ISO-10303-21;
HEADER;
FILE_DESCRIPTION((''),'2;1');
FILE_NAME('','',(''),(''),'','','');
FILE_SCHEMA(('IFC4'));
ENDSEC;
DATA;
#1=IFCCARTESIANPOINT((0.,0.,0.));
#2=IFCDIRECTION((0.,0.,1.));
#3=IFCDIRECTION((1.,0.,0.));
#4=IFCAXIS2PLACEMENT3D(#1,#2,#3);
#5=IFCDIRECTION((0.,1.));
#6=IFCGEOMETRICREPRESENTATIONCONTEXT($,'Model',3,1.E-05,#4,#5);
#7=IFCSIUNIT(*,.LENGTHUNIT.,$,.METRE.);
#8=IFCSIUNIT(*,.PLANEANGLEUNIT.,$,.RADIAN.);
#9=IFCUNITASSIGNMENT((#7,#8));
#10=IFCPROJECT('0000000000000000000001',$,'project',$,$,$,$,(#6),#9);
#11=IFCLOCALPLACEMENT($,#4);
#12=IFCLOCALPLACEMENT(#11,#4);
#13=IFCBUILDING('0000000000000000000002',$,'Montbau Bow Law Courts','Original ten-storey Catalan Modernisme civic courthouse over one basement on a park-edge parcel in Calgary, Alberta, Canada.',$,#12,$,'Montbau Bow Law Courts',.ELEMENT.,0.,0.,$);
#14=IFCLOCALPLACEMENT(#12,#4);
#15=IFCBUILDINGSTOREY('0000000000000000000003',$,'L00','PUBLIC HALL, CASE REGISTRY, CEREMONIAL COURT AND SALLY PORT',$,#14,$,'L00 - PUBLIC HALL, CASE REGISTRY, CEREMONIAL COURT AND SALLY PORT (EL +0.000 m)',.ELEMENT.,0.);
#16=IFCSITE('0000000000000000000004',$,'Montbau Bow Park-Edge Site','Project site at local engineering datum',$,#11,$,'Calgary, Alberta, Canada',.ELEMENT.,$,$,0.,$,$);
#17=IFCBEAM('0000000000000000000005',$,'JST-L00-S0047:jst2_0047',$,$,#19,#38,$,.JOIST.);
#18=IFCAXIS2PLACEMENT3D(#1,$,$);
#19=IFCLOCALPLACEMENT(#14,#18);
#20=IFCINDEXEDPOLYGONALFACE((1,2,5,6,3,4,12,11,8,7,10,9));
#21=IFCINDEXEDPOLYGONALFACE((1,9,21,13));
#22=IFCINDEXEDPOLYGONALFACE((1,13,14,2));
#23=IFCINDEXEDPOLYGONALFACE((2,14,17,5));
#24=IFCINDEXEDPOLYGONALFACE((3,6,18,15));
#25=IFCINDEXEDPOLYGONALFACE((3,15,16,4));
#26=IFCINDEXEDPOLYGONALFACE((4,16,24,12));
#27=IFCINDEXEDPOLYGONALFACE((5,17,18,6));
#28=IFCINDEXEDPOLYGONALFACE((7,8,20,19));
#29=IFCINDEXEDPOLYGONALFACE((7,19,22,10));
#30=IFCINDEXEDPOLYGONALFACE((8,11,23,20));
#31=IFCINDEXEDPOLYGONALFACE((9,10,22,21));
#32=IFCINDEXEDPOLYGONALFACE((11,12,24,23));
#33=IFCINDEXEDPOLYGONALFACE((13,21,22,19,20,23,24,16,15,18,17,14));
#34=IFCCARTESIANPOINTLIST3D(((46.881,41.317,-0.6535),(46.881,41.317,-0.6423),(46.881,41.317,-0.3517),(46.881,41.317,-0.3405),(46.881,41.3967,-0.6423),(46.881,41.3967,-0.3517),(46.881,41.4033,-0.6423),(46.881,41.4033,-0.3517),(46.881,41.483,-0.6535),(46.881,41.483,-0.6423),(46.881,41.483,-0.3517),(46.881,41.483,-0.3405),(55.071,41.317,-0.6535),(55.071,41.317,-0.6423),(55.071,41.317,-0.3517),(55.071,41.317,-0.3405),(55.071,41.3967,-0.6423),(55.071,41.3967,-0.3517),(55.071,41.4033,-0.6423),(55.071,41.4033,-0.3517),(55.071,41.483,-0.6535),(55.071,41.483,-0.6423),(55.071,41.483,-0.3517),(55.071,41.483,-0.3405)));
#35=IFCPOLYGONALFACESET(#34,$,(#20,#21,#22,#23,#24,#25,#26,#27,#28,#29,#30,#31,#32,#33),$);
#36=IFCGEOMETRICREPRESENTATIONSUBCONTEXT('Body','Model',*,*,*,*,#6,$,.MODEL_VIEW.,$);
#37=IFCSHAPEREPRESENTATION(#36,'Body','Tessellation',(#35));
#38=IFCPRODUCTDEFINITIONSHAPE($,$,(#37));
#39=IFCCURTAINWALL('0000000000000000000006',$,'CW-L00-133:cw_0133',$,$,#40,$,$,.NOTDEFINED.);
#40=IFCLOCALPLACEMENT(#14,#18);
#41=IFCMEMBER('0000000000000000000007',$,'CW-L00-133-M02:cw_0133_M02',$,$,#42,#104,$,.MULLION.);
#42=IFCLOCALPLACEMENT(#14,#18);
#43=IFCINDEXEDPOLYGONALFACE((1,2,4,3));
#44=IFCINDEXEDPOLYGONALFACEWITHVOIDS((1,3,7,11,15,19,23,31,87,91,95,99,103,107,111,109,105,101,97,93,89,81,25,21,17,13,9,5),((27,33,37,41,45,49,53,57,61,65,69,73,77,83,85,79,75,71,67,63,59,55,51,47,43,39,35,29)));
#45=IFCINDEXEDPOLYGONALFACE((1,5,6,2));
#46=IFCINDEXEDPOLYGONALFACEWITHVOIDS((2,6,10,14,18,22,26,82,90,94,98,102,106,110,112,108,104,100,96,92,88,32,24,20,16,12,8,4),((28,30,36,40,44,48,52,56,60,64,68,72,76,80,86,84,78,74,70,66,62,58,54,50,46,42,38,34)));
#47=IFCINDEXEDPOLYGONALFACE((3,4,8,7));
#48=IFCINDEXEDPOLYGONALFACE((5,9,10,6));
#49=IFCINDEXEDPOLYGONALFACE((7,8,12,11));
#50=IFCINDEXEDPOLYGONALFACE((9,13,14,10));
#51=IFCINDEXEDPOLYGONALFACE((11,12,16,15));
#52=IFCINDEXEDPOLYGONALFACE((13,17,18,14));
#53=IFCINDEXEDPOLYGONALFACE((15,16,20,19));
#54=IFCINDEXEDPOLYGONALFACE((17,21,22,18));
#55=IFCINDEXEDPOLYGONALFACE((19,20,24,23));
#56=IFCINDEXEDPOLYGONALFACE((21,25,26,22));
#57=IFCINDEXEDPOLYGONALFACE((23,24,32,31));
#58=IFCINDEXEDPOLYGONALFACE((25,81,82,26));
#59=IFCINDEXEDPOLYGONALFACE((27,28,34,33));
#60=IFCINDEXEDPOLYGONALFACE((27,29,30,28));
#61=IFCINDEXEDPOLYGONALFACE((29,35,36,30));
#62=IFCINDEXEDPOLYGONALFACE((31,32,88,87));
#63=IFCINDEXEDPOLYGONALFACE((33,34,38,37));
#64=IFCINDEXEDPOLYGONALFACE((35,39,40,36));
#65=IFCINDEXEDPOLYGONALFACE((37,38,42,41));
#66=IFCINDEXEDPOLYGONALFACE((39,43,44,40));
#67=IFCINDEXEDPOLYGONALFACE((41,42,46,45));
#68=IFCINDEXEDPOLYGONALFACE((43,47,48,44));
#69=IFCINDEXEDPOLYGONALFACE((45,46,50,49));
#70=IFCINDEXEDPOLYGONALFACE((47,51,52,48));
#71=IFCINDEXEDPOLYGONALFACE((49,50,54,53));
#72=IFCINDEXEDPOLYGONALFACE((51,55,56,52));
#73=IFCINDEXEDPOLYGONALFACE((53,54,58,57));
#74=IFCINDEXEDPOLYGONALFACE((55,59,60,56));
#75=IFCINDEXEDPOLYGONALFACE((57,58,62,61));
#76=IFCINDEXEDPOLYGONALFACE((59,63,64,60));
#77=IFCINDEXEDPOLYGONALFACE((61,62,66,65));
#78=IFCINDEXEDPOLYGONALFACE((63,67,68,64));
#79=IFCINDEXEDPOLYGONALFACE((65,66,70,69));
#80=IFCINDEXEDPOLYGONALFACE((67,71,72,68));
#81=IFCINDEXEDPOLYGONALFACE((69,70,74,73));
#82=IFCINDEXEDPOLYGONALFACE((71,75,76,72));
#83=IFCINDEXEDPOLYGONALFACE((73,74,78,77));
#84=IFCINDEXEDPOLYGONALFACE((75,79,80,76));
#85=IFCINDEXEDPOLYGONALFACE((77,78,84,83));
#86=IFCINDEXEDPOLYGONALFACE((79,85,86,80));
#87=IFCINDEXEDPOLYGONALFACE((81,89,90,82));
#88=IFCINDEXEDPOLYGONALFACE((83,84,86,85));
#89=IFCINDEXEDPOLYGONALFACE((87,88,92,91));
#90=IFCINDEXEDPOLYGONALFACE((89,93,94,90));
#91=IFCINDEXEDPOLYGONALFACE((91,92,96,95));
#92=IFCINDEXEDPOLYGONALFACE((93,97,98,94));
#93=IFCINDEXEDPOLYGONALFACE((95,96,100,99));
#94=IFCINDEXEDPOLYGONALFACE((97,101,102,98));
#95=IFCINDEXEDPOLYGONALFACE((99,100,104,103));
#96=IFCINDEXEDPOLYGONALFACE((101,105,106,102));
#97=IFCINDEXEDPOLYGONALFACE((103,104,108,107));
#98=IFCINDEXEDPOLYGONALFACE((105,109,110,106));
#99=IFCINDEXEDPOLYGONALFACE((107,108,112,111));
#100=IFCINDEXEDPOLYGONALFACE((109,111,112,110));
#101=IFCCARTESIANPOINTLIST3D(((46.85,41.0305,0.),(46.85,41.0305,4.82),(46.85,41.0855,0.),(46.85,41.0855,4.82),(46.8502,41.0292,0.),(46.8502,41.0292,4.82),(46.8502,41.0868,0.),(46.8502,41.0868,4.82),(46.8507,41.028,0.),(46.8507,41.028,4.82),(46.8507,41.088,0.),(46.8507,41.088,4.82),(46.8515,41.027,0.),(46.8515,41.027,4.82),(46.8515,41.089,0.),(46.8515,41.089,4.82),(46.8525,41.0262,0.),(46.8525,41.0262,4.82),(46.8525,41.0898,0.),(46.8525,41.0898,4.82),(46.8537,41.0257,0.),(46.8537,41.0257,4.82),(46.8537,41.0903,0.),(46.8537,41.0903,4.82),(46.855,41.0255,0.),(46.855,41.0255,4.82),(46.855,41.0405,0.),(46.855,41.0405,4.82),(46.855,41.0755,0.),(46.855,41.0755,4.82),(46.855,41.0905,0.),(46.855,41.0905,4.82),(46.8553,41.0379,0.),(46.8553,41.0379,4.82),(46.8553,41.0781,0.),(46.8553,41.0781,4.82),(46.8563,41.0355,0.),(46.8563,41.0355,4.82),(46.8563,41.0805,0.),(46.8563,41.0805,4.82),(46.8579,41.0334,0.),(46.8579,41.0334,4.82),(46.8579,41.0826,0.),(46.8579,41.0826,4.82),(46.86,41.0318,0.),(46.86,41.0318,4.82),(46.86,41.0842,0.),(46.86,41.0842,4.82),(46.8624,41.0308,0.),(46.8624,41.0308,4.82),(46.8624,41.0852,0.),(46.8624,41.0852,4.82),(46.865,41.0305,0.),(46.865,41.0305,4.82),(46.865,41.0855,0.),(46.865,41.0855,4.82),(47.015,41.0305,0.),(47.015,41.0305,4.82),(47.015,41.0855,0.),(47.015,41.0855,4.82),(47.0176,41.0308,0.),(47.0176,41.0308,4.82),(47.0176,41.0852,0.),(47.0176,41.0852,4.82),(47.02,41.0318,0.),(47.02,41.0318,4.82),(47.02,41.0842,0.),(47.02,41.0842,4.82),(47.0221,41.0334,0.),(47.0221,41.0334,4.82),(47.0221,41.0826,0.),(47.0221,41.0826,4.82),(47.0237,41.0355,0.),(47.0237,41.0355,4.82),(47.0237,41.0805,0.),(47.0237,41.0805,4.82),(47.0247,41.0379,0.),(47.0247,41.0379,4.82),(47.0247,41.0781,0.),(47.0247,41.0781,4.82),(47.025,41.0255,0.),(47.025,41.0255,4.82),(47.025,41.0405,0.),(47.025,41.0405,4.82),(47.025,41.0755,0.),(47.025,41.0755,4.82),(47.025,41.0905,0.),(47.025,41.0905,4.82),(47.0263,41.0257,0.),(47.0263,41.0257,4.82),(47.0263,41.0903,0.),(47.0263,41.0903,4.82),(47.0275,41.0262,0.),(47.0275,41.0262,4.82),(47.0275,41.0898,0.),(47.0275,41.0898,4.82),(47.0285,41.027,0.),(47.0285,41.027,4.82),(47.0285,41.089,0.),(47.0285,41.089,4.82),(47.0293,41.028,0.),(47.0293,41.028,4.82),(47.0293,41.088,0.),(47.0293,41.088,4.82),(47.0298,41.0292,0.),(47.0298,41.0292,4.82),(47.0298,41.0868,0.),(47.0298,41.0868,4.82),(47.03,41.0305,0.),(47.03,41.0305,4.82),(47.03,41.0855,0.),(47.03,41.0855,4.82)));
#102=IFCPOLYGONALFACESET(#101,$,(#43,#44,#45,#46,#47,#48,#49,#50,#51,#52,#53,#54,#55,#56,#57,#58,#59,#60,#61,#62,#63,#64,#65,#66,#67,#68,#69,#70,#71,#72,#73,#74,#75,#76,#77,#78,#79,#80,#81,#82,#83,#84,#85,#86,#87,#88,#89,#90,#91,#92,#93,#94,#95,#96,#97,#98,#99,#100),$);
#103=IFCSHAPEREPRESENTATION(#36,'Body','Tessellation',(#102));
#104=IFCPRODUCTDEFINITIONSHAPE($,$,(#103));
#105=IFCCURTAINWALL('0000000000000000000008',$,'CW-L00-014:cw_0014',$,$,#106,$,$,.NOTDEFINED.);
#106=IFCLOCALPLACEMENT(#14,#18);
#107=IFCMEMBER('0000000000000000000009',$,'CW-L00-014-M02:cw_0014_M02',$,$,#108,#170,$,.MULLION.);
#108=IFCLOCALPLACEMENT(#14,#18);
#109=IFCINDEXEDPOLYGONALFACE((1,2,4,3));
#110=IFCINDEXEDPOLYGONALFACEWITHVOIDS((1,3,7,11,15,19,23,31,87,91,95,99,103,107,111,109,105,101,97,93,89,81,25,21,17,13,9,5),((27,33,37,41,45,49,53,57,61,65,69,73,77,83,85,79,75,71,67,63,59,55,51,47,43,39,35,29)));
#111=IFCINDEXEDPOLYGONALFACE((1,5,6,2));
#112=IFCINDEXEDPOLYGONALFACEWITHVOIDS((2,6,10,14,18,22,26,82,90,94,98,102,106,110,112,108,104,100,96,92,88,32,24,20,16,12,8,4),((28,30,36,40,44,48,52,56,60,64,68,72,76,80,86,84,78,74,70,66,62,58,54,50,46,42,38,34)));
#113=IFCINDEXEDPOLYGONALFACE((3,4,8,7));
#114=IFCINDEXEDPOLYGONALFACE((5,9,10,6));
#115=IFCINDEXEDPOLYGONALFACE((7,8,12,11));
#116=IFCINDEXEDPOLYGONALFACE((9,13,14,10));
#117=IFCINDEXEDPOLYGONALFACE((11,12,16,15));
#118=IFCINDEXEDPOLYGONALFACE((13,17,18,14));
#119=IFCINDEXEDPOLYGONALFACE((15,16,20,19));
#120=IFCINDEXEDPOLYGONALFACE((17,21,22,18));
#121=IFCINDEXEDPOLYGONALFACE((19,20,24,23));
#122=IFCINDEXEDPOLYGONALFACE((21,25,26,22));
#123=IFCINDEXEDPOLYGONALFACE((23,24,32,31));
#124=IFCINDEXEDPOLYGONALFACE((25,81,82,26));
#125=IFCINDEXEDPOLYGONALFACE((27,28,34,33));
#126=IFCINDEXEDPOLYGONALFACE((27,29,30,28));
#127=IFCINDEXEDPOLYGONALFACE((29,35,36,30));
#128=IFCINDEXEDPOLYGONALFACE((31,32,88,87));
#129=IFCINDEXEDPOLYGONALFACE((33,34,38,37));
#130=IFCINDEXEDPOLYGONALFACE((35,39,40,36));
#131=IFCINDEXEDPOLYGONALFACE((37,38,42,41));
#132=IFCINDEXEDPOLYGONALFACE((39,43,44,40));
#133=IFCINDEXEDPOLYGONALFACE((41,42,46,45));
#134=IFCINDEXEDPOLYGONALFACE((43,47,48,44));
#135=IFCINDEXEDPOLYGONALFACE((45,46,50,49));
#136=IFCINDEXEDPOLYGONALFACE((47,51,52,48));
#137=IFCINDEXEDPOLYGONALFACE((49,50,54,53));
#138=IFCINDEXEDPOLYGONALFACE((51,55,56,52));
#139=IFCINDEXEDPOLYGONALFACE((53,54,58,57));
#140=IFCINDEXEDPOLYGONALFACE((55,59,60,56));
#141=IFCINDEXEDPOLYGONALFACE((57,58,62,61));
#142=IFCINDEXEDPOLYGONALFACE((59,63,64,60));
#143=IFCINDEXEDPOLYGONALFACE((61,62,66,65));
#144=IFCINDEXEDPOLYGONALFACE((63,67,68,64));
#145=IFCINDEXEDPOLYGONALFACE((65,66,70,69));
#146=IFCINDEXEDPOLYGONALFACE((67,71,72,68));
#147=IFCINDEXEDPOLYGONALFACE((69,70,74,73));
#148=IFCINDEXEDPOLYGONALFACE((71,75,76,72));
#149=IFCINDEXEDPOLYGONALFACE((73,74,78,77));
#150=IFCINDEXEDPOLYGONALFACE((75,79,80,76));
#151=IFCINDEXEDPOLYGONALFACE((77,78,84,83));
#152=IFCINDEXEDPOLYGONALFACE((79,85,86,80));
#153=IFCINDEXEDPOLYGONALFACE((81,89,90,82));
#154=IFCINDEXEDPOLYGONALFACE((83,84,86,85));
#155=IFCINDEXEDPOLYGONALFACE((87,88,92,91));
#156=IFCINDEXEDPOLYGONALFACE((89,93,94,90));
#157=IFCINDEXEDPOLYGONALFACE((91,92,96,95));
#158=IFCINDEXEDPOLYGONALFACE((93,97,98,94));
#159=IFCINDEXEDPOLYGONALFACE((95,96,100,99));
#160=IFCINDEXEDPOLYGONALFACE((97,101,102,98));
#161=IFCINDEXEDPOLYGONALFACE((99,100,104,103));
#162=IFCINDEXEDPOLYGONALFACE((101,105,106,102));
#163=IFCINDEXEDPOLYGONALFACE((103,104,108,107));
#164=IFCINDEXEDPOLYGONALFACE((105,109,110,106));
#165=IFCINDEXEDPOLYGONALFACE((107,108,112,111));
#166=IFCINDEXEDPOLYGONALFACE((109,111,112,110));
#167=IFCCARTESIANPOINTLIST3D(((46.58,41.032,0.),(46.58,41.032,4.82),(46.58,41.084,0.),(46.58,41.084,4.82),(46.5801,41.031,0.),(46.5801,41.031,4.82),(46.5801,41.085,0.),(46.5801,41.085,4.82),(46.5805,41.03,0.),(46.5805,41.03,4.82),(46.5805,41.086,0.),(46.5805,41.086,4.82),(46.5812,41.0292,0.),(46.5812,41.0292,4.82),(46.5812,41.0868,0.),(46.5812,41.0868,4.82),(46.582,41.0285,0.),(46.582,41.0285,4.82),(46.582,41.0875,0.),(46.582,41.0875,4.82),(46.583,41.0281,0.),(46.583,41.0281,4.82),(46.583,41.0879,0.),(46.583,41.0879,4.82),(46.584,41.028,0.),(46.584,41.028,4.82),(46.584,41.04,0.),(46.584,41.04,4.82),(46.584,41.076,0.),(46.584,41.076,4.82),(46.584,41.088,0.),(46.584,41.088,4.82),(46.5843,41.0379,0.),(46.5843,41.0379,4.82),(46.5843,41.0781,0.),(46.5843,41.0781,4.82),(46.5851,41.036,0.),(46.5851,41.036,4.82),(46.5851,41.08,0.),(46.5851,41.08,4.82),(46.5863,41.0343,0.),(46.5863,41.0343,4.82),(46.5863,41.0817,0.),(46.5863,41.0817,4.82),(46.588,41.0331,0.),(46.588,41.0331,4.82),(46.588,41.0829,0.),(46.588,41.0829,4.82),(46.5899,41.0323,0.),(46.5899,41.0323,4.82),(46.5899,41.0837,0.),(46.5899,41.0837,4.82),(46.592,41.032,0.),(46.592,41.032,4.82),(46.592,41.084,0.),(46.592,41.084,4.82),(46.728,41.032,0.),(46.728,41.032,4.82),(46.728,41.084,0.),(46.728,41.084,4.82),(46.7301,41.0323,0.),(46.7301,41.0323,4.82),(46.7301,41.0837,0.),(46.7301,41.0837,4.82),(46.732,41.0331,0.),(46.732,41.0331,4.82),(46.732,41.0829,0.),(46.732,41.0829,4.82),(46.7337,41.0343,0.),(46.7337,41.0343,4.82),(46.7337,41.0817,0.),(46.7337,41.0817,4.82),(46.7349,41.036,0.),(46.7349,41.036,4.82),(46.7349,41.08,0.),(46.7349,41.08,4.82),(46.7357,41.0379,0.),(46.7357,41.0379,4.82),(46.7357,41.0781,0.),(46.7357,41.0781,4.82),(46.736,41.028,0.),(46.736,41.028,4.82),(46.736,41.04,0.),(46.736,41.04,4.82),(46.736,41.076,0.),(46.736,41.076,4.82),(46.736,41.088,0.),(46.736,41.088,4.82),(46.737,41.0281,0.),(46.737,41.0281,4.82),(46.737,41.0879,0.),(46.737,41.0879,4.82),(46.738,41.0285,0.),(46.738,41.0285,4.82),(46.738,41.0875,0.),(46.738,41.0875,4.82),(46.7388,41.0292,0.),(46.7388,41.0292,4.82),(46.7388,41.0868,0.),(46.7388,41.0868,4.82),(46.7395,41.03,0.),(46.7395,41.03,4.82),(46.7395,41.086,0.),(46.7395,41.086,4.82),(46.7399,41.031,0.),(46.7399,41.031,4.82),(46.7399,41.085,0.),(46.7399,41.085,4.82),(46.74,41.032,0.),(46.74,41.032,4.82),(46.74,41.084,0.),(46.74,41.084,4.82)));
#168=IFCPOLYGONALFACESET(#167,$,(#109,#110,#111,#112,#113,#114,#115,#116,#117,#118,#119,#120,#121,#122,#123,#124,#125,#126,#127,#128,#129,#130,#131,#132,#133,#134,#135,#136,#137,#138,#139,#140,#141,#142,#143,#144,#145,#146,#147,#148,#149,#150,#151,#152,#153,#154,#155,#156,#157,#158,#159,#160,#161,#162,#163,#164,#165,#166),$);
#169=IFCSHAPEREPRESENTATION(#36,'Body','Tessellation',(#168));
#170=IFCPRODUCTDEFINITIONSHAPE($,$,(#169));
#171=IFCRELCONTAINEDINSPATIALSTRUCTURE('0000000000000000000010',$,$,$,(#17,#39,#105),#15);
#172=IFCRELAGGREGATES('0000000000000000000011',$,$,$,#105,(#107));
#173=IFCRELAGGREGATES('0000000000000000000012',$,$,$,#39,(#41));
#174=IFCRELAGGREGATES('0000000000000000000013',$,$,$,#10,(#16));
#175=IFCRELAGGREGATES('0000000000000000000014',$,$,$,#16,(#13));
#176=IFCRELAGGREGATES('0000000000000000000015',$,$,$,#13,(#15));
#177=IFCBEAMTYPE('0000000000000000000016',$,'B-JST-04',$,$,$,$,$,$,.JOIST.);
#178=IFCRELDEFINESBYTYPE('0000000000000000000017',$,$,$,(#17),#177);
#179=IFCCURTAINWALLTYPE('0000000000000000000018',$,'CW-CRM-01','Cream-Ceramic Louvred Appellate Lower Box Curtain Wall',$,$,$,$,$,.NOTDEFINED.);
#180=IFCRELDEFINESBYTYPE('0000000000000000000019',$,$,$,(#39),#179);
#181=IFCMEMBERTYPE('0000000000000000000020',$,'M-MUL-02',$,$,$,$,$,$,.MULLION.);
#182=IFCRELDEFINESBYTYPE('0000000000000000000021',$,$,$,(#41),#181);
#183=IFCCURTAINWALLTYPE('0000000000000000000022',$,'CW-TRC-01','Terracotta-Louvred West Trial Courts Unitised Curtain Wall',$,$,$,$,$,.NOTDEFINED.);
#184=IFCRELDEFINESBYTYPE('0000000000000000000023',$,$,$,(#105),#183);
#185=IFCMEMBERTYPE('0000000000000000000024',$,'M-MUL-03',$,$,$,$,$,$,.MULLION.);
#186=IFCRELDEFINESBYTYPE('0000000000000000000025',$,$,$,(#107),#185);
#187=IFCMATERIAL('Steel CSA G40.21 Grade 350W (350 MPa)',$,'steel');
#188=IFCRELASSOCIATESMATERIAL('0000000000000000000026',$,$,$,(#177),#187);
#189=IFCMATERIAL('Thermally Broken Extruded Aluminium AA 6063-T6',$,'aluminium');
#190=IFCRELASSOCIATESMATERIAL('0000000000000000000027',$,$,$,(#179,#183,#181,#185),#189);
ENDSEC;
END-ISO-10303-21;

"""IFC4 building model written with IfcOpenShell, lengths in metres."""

from ifc_helpers import new_model, si_unit, direction, frame, origin_with_axes, origin_2d_with_axis, place, context, subcontext, project, spatial, hollow_rectangle, i_section, extrude, material, material_profile, profile_set, type_object, element, aggregate, save


model = new_model("IFC4")

# Units and contexts
model_context = context("Model", 3, precision=1e-05, world=origin_with_axes(), true_north=direction((0.0, 1.0)))
body_context = subcontext(model_context, "Body", "Model", "MODEL_VIEW")
ifc_project = project(units=[si_unit("LENGTHUNIT", "METRE"), si_unit("PLANEANGLEUNIT", "RADIAN")], contexts=[model_context])

# Site, building, storey
site_placement = place(None, origin_with_axes())
site = spatial("IfcSite", under=ifc_project, at=site_placement, Name="Montbau Bow Park-Edge Site", Description="Project site at local engineering datum", LongName="Calgary, Alberta, Canada", CompositionType="ELEMENT", RefElevation=0.0)
building_placement = place(site_placement, origin_with_axes())
building = spatial("IfcBuilding", under=site, at=building_placement, Name="Montbau Bow Law Courts", Description="Original ten-storey Catalan Modernisme civic courthouse over one basement on a park-edge parcel in Calgary, Alberta, Canada.", LongName="Montbau Bow Law Courts", CompositionType="ELEMENT", ElevationOfRefHeight=0.0, ElevationOfTerrain=0.0)
storey_placement = place(building_placement, origin_with_axes())
storey = spatial("IfcBuildingStorey", under=building, at=storey_placement, Name="L00", Description="PUBLIC HALL, CASE REGISTRY, CEREMONIAL COURT AND SALLY PORT", LongName="L00 - PUBLIC HALL, CASE REGISTRY, CEREMONIAL COURT AND SALLY PORT (EL +0.000 m)", CompositionType="ELEMENT", Elevation=0.0)

# Beam
ifc_material_1 = material(Name="Steel CSA G40.21 Grade 350W (350 MPa)", Category="steel")
ifc_material_profile_1 = material_profile(ifc_material_1, i_section(OverallWidth=0.166, OverallDepth=0.313, WebThickness=0.0066, FlangeThickness=0.0112, at=origin_2d_with_axis()), Name="W310X45", Category="Main", Priority=0)
ifc_profile_set_1 = profile_set([ifc_material_profile_1], Name="Steel CSA G40.21 Grade 350W (350 MPa)")
beam_type = type_object("IfcBeamType", Name="B-JST-04", PredefinedType="JOIST", material=ifc_profile_set_1)
beam_placement = place(None, frame((46.881, 41.4, -0.497), z_axis=(1.0, 0.0, 0.0), x_axis=(0.0, 1.0, 0.0)))
element("IfcBeam", 1, at=beam_placement, inside=storey, type_object=beam_type, Name="JST-L00-S0047:jst2_0047", PredefinedType="JOIST", context=body_context, shape_type="SweptSolid", body=[
    extrude(i_section(OverallWidth=0.166, OverallDepth=0.313, WebThickness=0.0066, FlangeThickness=0.0112, at=origin_2d_with_axis()), origin_with_axes(), (0.0, 0.0, 1.0), 8.19),
])

# Curtain wall, member
ifc_material_2 = material(Name="Thermally Broken Extruded Aluminium AA 6063-T6", Category="aluminium")
curtain_wall_type_1 = type_object("IfcCurtainWallType", Name="CW-CRM-01", Description="Cream-Ceramic Louvred Appellate Lower Box Curtain Wall", PredefinedType="NOTDEFINED", material=ifc_material_2)
curtain_wall_1_placement = place(None, frame((46.94, 39.515, 0.0), z_axis=(0.0, 0.0, 1.0), x_axis=(1.0, 0.0, 0.0)))
curtain_wall_1 = element("IfcCurtainWall", 2, at=curtain_wall_1_placement, inside=storey, type_object=curtain_wall_type_1, Name="CW-L00-133:cw_0133", PredefinedType="NOTDEFINED")
ifc_material_profile_2 = material_profile(ifc_material_2, hollow_rectangle(XDim=0.065, YDim=0.18, WallThickness=0.005, InnerFilletRadius=0.01, OuterFilletRadius=0.005, at=origin_2d_with_axis()), Name="CWM-180X65", Category="Main", Priority=0)
ifc_profile_set_2 = profile_set([ifc_material_profile_2], Name="Thermally Broken Extruded Aluminium AA 6063-T6")
member_type_1 = type_object("IfcMemberType", Name="M-MUL-02", PredefinedType="MULLION", material=ifc_profile_set_2)
member_1_placement = place(None, frame((46.94, 41.058, 0.0), z_axis=(0.0, 0.0, 1.0), x_axis=(0.0, 1.0, 0.0)))
member_1 = element("IfcMember", 3, at=member_1_placement, type_object=member_type_1, Name="CW-L00-133-M02:cw_0133_M02", PredefinedType="MULLION", context=body_context, shape_type="SweptSolid", body=[
    extrude(hollow_rectangle(XDim=0.065, YDim=0.18, WallThickness=0.005, InnerFilletRadius=0.01, OuterFilletRadius=0.005, at=origin_2d_with_axis()), origin_with_axes(), (0.0, 0.0, 1.0), 4.82),
])

# Curtain wall, member
curtain_wall_type_2 = type_object("IfcCurtainWallType", Name="CW-TRC-01", Description="Terracotta-Louvred West Trial Courts Unitised Curtain Wall", PredefinedType="NOTDEFINED", material=ifc_material_2)
curtain_wall_2_placement = place(None, frame((46.66, 39.515, 0.0), z_axis=(0.0, 0.0, 1.0), x_axis=(1.0, 0.0, 0.0)))
curtain_wall_2 = element("IfcCurtainWall", 4, at=curtain_wall_2_placement, inside=storey, type_object=curtain_wall_type_2, Name="CW-L00-014:cw_0014", PredefinedType="NOTDEFINED")
ifc_material_profile_3 = material_profile(ifc_material_2, hollow_rectangle(XDim=0.06, YDim=0.16, WallThickness=0.004, InnerFilletRadius=0.008, OuterFilletRadius=0.004, at=origin_2d_with_axis()), Name="CWM-160X60", Category="Main", Priority=0)
ifc_profile_set_3 = profile_set([ifc_material_profile_3], Name="Thermally Broken Extruded Aluminium AA 6063-T6")
member_type_2 = type_object("IfcMemberType", Name="M-MUL-03", PredefinedType="MULLION", material=ifc_profile_set_3)
member_2_placement = place(None, frame((46.66, 41.058, 0.0), z_axis=(0.0, 0.0, 1.0), x_axis=(0.0, 1.0, 0.0)))
member_2 = element("IfcMember", 5, at=member_2_placement, type_object=member_type_2, Name="CW-L00-014-M02:cw_0014_M02", PredefinedType="MULLION", context=body_context, shape_type="SweptSolid", body=[
    extrude(hollow_rectangle(XDim=0.06, YDim=0.16, WallThickness=0.004, InnerFilletRadius=0.008, OuterFilletRadius=0.004, at=origin_2d_with_axis()), origin_with_axes(), (0.0, 0.0, 1.0), 4.82),
])

aggregate(curtain_wall_2, [member_2])
aggregate(curtain_wall_1, [member_1])

save(model, "model.ifc")
